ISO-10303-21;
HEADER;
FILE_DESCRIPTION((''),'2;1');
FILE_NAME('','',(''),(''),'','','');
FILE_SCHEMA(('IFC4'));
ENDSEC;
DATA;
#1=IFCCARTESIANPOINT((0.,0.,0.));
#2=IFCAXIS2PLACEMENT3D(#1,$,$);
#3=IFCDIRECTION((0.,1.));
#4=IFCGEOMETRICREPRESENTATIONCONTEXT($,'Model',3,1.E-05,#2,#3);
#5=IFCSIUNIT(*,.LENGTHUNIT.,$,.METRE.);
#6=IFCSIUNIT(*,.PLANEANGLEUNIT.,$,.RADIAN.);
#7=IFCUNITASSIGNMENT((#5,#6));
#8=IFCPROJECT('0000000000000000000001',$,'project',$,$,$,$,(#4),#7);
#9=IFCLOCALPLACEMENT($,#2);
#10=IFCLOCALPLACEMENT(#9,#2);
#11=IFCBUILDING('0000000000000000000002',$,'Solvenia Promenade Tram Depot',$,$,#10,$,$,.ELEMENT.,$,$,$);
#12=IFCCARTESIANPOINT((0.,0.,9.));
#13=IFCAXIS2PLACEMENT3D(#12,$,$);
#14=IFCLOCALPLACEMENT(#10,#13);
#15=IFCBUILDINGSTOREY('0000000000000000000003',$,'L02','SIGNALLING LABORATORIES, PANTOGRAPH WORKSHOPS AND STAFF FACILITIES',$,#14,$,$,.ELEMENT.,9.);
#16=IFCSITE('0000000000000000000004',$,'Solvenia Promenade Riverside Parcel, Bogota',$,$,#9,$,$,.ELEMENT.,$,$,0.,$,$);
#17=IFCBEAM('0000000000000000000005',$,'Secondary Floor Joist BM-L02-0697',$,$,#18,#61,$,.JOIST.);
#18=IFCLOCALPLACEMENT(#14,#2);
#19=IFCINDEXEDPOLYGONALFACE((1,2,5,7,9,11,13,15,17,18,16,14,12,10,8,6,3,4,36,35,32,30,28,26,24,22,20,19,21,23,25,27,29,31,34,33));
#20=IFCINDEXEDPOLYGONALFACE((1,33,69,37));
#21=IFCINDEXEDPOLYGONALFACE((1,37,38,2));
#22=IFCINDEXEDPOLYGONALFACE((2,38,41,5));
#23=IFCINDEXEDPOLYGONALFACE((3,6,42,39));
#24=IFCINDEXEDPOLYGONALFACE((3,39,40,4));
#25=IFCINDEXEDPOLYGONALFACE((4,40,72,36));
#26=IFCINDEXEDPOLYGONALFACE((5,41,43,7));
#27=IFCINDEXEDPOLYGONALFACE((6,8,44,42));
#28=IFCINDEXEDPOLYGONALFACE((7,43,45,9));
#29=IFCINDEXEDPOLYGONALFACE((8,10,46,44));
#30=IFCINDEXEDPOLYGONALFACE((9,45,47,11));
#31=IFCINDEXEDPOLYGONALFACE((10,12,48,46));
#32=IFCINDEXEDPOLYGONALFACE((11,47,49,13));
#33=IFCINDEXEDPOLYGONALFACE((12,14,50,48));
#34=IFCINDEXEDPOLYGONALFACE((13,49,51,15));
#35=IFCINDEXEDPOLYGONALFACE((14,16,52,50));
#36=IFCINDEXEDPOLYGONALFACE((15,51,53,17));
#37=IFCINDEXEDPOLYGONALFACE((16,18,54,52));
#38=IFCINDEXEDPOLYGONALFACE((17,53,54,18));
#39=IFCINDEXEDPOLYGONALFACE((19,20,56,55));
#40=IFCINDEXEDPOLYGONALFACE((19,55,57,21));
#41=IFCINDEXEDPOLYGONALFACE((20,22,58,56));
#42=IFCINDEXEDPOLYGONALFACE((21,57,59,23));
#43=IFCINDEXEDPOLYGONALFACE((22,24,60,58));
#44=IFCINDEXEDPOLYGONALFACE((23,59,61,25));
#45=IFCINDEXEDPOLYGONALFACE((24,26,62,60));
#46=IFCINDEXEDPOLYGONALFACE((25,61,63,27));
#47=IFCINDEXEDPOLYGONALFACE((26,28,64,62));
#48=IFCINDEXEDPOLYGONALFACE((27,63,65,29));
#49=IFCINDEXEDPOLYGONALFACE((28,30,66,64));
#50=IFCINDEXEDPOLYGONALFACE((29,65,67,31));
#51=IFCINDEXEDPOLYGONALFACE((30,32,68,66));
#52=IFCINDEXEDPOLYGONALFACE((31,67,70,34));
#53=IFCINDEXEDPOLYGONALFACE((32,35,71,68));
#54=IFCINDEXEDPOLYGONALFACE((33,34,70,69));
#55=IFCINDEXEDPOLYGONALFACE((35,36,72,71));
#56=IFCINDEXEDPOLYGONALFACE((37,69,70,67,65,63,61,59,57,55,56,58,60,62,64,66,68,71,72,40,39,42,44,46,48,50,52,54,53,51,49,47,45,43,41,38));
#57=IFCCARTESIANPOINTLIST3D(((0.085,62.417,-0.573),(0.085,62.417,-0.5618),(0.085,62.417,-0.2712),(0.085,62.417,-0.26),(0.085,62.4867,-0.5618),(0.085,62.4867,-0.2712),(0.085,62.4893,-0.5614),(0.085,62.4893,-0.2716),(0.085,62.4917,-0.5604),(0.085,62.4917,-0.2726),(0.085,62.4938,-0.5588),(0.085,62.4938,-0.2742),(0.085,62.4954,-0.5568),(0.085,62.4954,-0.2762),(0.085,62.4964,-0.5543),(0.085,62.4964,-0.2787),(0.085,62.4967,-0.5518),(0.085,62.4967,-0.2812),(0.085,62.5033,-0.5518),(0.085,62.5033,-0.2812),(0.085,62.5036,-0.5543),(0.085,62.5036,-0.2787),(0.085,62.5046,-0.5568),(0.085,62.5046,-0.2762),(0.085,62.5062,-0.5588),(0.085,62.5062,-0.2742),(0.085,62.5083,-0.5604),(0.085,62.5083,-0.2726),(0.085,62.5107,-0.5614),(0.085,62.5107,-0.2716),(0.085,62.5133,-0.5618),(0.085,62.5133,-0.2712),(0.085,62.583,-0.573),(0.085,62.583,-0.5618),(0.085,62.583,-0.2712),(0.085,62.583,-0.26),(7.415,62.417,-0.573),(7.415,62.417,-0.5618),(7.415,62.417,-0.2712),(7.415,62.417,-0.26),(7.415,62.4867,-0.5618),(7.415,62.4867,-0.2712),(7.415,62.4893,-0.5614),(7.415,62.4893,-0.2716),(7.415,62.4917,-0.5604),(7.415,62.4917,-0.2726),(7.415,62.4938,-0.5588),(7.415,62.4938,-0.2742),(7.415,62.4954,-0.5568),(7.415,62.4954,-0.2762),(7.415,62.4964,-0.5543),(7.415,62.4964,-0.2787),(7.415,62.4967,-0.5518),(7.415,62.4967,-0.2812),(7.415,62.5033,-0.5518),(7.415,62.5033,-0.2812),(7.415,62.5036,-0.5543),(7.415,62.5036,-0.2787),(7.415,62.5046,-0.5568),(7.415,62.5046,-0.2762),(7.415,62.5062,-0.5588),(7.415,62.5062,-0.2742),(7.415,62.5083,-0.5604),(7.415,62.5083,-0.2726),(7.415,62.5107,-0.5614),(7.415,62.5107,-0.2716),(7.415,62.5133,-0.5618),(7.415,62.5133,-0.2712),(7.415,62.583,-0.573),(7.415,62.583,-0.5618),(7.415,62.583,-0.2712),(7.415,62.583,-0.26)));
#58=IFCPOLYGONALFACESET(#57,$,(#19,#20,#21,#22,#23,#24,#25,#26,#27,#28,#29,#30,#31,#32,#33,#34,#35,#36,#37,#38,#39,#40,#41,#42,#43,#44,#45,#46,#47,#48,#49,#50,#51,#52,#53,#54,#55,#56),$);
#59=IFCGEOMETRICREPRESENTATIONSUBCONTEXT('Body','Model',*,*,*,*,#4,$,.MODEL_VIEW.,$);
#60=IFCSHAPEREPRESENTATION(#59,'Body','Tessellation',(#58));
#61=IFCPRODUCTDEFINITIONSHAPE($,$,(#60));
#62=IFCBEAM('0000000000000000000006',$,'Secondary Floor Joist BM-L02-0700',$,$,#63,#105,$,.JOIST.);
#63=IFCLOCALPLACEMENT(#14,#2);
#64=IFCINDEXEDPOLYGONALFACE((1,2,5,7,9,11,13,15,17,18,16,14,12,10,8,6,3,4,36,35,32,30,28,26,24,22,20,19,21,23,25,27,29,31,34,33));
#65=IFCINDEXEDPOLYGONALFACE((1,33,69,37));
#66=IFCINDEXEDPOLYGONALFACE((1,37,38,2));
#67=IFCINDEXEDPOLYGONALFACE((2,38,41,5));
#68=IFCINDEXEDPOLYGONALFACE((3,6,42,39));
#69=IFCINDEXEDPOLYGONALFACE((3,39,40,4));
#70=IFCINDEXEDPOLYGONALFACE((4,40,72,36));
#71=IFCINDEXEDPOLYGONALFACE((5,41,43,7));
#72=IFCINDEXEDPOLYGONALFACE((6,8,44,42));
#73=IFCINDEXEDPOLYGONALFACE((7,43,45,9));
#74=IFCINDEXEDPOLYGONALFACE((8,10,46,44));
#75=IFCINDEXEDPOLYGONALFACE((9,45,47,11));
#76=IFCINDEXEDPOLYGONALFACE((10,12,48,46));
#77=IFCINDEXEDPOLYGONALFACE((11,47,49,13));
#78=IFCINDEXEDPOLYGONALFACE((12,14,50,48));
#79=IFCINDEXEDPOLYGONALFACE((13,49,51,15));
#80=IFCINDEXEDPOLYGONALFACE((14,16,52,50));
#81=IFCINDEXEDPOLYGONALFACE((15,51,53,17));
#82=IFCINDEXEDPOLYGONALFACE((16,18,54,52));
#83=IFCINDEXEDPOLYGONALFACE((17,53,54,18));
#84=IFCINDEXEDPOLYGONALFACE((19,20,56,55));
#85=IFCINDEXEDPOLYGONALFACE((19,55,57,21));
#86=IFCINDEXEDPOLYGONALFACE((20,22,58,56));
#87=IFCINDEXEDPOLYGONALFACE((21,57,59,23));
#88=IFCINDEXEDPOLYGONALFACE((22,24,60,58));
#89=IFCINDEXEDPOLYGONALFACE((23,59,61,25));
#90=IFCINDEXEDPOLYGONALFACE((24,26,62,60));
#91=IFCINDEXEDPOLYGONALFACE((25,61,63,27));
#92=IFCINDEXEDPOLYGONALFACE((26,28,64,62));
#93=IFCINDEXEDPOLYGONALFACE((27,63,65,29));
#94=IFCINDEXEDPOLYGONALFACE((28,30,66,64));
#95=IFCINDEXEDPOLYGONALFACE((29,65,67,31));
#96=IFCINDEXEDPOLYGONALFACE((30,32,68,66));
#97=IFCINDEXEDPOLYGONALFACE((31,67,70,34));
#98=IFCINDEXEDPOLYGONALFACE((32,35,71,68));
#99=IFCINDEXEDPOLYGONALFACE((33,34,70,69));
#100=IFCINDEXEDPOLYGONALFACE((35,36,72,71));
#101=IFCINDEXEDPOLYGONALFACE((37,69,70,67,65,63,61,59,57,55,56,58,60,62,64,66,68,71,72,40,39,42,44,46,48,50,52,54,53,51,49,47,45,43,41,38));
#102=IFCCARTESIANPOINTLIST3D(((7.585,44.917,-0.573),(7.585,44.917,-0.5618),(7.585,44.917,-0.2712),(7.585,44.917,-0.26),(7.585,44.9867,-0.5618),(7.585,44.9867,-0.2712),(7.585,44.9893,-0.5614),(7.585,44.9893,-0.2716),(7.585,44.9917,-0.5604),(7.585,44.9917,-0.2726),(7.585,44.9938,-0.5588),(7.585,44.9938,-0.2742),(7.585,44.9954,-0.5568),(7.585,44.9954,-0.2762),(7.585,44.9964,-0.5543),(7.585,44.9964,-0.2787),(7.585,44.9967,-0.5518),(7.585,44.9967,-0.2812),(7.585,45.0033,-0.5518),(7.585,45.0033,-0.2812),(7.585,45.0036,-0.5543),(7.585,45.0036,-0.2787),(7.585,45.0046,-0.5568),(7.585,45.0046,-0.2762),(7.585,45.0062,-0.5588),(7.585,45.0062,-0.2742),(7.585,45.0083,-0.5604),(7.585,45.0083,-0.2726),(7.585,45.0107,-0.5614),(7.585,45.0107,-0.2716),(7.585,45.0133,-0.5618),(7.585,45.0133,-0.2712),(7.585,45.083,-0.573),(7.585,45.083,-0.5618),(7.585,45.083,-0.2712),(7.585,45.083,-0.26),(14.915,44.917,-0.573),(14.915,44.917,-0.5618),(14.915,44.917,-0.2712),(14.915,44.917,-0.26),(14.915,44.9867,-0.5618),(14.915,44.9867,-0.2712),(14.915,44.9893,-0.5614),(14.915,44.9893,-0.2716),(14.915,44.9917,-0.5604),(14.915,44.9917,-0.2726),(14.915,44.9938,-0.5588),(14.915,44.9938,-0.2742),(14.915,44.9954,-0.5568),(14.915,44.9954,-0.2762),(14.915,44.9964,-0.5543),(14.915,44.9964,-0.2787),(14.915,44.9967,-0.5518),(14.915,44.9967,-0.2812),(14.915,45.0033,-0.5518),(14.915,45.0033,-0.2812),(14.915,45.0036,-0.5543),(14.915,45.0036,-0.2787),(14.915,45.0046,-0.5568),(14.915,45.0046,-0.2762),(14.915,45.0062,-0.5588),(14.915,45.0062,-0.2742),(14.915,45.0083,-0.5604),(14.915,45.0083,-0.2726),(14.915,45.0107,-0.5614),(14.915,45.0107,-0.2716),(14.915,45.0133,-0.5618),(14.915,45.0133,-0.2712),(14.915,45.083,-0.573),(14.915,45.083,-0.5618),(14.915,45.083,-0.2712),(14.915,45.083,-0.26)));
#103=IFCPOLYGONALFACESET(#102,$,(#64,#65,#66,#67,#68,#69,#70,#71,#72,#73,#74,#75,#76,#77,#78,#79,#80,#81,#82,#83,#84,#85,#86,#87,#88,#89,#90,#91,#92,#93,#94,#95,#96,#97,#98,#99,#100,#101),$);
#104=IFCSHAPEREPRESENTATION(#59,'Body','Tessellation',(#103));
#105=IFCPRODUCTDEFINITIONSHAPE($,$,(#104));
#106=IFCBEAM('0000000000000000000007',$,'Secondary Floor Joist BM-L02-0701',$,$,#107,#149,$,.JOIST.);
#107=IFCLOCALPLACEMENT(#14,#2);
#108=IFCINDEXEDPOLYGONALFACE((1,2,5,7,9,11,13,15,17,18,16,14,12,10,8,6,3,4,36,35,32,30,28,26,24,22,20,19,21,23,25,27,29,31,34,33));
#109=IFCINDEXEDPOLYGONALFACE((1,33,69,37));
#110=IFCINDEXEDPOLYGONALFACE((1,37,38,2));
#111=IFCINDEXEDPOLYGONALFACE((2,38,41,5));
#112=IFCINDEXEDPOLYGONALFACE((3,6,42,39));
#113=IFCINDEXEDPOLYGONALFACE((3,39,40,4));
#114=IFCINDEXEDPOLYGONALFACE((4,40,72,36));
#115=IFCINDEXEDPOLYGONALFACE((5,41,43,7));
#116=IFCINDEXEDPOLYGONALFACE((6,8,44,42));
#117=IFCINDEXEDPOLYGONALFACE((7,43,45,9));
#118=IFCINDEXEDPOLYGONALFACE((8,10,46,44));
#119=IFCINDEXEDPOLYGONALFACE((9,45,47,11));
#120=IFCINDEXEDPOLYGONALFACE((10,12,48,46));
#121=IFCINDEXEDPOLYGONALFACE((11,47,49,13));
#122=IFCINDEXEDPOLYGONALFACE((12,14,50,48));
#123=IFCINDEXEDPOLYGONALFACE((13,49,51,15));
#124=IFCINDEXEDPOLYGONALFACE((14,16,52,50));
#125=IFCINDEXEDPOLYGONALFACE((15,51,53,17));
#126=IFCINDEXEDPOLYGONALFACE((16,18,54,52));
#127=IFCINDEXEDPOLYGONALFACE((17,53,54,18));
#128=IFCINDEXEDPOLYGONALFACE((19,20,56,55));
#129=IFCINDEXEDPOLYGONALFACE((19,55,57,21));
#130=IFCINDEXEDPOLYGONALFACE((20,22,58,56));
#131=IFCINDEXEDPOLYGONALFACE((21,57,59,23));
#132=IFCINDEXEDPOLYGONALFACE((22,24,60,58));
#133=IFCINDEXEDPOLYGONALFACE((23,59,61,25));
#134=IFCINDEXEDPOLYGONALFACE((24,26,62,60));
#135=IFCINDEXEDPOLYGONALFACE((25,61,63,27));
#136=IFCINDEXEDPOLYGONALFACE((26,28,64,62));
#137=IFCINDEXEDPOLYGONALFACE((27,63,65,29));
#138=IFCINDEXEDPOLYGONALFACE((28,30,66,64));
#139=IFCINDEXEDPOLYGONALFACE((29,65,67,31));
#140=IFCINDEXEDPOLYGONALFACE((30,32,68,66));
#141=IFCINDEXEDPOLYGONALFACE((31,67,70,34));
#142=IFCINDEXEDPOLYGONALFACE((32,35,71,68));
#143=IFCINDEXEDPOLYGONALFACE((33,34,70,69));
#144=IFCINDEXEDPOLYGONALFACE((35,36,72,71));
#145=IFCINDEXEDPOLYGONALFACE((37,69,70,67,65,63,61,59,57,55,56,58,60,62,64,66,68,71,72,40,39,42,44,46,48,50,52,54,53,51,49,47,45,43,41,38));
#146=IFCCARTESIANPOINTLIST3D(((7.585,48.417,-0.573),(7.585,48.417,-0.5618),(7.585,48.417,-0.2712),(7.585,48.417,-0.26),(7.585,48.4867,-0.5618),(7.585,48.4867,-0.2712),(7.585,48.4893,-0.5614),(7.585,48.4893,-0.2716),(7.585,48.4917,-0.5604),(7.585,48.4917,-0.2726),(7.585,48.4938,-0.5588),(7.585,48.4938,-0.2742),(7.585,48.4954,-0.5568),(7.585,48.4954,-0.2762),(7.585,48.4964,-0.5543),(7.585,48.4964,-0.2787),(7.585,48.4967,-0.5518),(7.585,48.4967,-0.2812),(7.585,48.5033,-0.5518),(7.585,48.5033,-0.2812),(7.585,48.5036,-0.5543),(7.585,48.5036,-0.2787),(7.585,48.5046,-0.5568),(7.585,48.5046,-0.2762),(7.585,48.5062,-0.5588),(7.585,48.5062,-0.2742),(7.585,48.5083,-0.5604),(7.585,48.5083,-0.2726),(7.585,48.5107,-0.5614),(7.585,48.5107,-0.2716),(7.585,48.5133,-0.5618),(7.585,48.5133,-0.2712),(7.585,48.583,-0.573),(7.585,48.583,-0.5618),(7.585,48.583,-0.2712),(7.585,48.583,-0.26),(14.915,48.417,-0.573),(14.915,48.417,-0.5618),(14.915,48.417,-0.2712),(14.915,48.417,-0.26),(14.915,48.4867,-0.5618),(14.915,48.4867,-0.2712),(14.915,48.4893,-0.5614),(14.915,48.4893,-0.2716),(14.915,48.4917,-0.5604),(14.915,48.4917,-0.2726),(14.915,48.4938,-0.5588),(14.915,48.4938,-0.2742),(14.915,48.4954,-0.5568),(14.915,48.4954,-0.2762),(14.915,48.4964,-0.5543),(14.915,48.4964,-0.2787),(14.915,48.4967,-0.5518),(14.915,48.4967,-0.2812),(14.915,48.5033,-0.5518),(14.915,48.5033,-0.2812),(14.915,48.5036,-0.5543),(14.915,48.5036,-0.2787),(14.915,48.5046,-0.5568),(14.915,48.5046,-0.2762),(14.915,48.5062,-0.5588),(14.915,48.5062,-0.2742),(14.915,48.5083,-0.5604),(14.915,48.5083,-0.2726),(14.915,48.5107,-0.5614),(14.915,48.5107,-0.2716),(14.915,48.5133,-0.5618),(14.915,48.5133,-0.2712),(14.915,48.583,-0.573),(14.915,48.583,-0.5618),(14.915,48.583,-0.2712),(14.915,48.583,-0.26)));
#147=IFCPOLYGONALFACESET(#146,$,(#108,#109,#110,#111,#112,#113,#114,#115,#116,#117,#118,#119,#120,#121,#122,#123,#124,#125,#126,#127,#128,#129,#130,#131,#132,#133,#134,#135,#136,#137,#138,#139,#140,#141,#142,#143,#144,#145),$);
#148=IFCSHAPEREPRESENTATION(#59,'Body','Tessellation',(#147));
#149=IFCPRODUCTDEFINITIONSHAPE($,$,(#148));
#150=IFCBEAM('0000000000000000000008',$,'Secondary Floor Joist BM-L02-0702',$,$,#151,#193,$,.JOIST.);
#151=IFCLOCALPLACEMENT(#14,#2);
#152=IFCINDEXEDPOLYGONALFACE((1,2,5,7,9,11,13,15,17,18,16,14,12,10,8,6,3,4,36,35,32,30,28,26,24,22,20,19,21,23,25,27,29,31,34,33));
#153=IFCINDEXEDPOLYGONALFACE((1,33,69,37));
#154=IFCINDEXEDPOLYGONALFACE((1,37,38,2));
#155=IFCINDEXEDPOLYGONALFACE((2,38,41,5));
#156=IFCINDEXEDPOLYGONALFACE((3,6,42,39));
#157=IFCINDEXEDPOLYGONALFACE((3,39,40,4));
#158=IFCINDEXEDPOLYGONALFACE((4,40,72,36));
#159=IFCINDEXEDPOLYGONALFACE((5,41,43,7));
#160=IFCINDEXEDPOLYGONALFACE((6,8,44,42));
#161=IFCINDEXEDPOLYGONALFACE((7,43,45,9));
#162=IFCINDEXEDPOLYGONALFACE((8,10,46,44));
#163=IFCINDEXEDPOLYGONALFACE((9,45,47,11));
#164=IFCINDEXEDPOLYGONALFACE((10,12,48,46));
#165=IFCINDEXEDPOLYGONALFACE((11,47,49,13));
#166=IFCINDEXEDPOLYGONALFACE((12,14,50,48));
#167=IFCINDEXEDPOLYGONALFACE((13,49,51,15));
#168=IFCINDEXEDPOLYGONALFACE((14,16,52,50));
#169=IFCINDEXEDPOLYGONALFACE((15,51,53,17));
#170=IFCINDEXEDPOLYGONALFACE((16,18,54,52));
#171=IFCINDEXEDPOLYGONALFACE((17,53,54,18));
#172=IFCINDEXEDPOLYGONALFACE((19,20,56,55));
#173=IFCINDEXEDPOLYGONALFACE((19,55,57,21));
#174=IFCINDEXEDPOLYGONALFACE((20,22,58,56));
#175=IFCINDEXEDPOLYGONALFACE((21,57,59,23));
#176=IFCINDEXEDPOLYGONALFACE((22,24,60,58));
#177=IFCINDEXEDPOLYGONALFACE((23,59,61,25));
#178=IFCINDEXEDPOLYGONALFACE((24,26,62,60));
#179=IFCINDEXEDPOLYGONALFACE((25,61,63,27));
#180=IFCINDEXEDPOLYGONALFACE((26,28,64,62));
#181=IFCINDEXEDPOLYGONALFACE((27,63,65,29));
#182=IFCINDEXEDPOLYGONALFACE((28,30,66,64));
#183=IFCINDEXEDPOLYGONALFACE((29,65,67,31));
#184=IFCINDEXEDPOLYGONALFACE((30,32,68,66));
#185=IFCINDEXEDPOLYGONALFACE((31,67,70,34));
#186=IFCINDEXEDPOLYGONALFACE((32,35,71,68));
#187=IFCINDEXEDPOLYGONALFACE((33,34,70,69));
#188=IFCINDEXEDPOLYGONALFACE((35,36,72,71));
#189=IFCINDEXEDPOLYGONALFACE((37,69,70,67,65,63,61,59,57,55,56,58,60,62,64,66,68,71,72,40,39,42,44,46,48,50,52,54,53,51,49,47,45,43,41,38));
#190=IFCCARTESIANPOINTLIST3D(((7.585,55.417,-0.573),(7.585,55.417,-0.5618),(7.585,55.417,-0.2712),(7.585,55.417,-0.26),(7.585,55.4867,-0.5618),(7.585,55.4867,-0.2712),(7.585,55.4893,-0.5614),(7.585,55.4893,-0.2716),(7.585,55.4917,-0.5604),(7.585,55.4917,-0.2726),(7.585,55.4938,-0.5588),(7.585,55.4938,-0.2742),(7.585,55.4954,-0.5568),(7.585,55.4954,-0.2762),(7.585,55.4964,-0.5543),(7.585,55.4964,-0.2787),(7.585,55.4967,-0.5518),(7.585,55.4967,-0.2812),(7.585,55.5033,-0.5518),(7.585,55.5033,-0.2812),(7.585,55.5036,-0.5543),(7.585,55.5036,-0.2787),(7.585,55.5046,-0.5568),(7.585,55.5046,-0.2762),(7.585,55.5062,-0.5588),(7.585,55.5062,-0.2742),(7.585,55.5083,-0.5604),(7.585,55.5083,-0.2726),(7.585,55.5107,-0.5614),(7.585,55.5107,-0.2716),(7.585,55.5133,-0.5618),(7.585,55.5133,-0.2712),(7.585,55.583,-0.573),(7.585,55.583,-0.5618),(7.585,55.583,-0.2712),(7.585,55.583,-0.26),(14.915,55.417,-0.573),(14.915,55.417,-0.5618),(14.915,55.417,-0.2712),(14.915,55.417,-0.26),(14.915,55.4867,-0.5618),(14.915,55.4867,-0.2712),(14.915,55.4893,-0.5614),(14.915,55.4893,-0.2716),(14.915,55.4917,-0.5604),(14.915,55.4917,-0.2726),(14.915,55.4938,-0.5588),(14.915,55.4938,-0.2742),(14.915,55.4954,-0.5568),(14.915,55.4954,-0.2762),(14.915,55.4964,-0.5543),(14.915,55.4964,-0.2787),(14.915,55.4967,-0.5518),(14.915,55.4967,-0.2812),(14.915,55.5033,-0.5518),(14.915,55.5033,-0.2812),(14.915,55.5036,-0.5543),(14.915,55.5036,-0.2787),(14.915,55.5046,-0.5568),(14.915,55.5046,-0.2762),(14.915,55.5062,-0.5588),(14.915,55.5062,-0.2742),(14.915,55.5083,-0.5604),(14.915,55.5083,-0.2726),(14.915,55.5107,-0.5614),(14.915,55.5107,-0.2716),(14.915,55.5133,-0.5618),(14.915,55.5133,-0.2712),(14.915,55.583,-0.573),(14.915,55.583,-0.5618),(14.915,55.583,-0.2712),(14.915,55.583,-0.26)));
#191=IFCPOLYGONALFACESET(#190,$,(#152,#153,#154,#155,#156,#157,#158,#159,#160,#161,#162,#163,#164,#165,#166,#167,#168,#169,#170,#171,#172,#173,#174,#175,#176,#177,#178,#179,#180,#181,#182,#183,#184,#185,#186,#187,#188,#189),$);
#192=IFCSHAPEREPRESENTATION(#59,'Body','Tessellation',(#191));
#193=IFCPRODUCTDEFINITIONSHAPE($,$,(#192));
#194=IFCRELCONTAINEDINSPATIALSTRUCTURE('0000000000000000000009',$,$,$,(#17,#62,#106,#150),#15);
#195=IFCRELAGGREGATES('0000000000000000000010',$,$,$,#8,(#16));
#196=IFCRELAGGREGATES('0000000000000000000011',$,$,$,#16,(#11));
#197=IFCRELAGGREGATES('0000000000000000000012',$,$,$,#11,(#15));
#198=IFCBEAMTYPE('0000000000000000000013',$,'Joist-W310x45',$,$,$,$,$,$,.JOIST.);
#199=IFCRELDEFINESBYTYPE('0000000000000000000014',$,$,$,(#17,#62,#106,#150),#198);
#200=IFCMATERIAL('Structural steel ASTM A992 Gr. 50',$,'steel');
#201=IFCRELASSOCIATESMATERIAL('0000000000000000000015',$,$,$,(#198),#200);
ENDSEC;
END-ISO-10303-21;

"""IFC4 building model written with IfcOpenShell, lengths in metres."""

from ifc_helpers import new_model, si_unit, direction, frame, origin, origin_2d, place, context, subcontext, project, spatial, i_section, extrude, material, material_profile, profile_set, type_object, element, save


model = new_model("IFC4")

# Units and contexts
model_context = context("Model", 3, precision=1e-05, world=origin(), true_north=direction((0.0, 1.0)))
body_context = subcontext(model_context, "Body", "Model", "MODEL_VIEW")
ifc_project = project(units=[si_unit("LENGTHUNIT", "METRE"), si_unit("PLANEANGLEUNIT", "RADIAN")], contexts=[model_context])

# Site, building, storey
site_placement = place(None, origin())
site = spatial("IfcSite", under=ifc_project, at=site_placement, Name="Solvenia Promenade Riverside Parcel, Bogota", CompositionType="ELEMENT", RefElevation=0.0)
building_placement = place(site_placement, origin())
building = spatial("IfcBuilding", under=site, at=building_placement, Name="Solvenia Promenade Tram Depot", CompositionType="ELEMENT")
storey_placement = place(building_placement, frame((0.0, 0.0, 9.0)))
storey = spatial("IfcBuildingStorey", under=building, at=storey_placement, Name="L02", Description="SIGNALLING LABORATORIES, PANTOGRAPH WORKSHOPS AND STAFF FACILITIES", CompositionType="ELEMENT", Elevation=9.0)

# Beams
ifc_material = material(Name="Structural steel ASTM A992 Gr. 50", Category="steel")
ifc_material_profile_1 = material_profile(ifc_material, i_section(OverallWidth=0.166, OverallDepth=0.313, WebThickness=0.0066, FlangeThickness=0.0112, FilletRadius=0.01, at=origin_2d()), Name="W310x45", Category="steel")
ifc_profile_set_1 = profile_set([ifc_material_profile_1], Name="Structural steel ASTM A992 Gr. 50")
beam_type_1 = type_object("IfcBeamType", Name="Joist-W310x45", PredefinedType="JOIST", material=ifc_profile_set_1)
for number, where, z_axis, x_axis, name in (
    (1, (0.085, 62.5, -0.4165), (1.0, 0.0, 0.0), (0.0, 1.0, 0.0), "Secondary Floor Joist BM-L02-0697"),
    (2, (7.585, 45.0, -0.4165), (1.0, 0.0, 0.0), (0.0, 1.0, 0.0), "Secondary Floor Joist BM-L02-0700"),
    (3, (7.585, 48.5, -0.4165), (1.0, 0.0, 0.0), (0.0, 1.0, 0.0), "Secondary Floor Joist BM-L02-0701"),
    (4, (7.585, 55.5, -0.4165), (1.0, 0.0, 0.0), (0.0, 1.0, 0.0), "Secondary Floor Joist BM-L02-0702"),
):
    element("IfcBeam", number, at=place(storey_placement, frame(where, z_axis=z_axis, x_axis=x_axis)), inside=storey, type_object=beam_type_1, Name=name, PredefinedType="JOIST", context=body_context, shape_type="SweptSolid", body=[
        extrude(i_section(OverallWidth=0.166, OverallDepth=0.313, WebThickness=0.0066, FlangeThickness=0.0112, FilletRadius=0.01, at=origin_2d()), origin(), (0.0, 0.0, 1.0), 7.3301),
    ])

save(model, "model.ifc")
